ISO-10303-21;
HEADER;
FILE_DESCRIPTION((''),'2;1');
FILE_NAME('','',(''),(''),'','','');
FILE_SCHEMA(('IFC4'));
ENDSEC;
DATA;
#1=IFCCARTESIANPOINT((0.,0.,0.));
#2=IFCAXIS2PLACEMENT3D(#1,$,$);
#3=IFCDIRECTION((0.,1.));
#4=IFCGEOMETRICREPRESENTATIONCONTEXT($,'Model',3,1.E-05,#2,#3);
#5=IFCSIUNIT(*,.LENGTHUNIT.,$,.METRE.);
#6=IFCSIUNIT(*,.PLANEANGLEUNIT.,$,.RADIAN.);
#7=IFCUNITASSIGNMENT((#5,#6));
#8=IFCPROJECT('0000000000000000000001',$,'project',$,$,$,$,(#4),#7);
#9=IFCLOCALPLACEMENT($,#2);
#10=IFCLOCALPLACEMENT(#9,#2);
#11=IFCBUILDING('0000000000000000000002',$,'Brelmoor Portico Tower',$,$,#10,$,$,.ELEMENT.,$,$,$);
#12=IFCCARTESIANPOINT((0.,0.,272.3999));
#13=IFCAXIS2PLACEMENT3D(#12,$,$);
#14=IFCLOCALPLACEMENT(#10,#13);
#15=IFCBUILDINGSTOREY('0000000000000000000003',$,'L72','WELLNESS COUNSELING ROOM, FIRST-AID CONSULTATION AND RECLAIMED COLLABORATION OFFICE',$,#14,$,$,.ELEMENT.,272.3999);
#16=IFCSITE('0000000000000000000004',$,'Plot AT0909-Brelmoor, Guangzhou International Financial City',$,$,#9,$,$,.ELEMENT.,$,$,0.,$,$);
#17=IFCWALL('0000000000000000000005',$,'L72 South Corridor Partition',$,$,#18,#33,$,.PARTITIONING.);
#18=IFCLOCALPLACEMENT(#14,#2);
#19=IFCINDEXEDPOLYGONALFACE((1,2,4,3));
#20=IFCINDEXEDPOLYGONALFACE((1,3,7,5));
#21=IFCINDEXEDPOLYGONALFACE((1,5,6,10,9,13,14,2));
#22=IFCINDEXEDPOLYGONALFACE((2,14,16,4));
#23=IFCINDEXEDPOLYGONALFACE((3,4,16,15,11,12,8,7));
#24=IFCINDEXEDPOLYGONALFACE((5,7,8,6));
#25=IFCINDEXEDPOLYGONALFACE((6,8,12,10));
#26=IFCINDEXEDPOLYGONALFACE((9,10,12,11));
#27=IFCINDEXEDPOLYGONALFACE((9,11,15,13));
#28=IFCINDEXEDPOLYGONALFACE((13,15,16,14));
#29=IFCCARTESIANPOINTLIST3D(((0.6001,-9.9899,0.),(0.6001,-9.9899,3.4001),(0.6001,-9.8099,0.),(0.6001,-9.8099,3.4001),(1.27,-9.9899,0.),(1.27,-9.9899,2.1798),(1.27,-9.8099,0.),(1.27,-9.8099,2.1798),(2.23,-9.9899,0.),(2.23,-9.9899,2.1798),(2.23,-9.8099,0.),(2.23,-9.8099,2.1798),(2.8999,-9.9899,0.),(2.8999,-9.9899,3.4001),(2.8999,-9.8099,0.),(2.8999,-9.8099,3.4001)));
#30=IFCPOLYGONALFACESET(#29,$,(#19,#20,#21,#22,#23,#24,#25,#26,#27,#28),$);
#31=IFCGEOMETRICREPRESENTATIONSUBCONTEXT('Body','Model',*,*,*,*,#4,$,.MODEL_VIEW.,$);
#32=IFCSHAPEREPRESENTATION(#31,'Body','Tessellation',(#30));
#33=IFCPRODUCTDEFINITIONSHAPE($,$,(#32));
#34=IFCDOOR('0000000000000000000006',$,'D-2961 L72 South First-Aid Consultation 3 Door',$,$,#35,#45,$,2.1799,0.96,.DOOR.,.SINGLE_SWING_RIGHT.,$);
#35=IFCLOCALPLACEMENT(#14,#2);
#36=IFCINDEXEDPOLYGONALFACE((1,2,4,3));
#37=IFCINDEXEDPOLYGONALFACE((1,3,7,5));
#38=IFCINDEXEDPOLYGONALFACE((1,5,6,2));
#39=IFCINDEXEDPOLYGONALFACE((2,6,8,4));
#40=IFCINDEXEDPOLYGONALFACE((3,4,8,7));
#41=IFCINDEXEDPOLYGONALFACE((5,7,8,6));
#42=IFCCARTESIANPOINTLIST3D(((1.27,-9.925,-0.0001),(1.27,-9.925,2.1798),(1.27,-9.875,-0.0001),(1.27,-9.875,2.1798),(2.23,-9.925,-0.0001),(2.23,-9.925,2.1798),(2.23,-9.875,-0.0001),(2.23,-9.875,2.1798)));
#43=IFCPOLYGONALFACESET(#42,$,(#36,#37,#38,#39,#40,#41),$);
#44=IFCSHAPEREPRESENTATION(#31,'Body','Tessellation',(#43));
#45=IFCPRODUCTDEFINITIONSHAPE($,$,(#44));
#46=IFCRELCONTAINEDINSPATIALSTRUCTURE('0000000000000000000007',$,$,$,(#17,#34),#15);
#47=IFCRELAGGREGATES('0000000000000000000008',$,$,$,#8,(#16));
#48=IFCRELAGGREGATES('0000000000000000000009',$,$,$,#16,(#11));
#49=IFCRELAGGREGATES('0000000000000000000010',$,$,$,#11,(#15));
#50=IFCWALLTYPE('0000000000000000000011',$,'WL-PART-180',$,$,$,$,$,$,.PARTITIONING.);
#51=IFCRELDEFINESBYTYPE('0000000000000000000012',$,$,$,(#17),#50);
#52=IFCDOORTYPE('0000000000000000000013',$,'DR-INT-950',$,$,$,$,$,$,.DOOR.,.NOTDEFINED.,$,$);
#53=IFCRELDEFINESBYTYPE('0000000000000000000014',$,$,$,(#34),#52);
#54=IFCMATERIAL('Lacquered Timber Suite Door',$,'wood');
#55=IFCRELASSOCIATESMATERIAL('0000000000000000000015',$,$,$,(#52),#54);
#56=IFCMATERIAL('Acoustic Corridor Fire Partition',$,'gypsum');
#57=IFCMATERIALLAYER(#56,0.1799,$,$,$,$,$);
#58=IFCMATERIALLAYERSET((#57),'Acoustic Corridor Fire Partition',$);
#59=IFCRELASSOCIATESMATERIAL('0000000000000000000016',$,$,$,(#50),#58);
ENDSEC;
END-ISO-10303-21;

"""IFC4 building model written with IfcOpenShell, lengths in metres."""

from ifc_helpers import new_model, si_unit, direction, frame, frame_2d, origin, place, context, subcontext, project, spatial, rectangle, extrude, material, layer, layer_set, type_object, element, fill, save


model = new_model("IFC4")

# Units and contexts
model_context = context("Model", 3, precision=1e-05, world=origin(), true_north=direction((0.0, 1.0)))
body_context = subcontext(model_context, "Body", "Model", "MODEL_VIEW")
ifc_project = project(units=[si_unit("LENGTHUNIT", "METRE"), si_unit("PLANEANGLEUNIT", "RADIAN")], contexts=[model_context])

# Site, building, storey
site_placement = place(None, origin())
site = spatial("IfcSite", under=ifc_project, at=site_placement, Name="Plot AT0909-Brelmoor, Guangzhou International Financial City", CompositionType="ELEMENT", RefElevation=0.0)
building_placement = place(site_placement, origin())
building = spatial("IfcBuilding", under=site, at=building_placement, Name="Brelmoor Portico Tower", CompositionType="ELEMENT")
storey_placement = place(building_placement, frame((0.0, 0.0, 272.3999)))
storey = spatial("IfcBuildingStorey", under=building, at=storey_placement, Name="L72", Description="WELLNESS COUNSELING ROOM, FIRST-AID CONSULTATION AND RECLAIMED COLLABORATION OFFICE", CompositionType="ELEMENT", Elevation=272.3999)

# Wall, opening, door
ifc_material_1 = material(Name="Lacquered Timber Suite Door", Category="wood")
door_type = type_object("IfcDoorType", Name="DR-INT-950", OperationType="NOTDEFINED", PredefinedType="DOOR", material=ifc_material_1)
ifc_material_2 = material(Name="Acoustic Corridor Fire Partition", Category="gypsum")
ifc_layer_1 = layer(ifc_material_2, 0.1799)
ifc_layer_set_1 = layer_set([ifc_layer_1], Name="Acoustic Corridor Fire Partition")
wall_type_1 = type_object("IfcWallType", Name="WL-PART-180", PredefinedType="PARTITIONING", material=ifc_layer_set_1)
wall_1_placement = place(storey_placement, frame((0.6001, -9.8999, 0.0), z_axis=(0.0, 0.0, 1.0), x_axis=(1.0, 0.0, 0.0)))
wall_1 = element("IfcWall", 1, at=wall_1_placement, inside=storey, type_object=wall_type_1, Name="L72 South Corridor Partition", PredefinedType="PARTITIONING", context=body_context, shape_type="SweptSolid", body=[
    extrude(rectangle(XDim=2.2998, YDim=0.1799, at=frame_2d((1.1499, 0.0))), origin(), (0.0, 0.0, 1.0), 3.4001),
])
opening_1_placement = place(wall_1_placement, frame((0.6699, 0.0, 0.0)))
opening_1 = element("IfcOpeningElement", 2, at=opening_1_placement, cuts=wall_1, PredefinedType="OPENING", context=body_context, shape_type="SweptSolid", body=[
    extrude(rectangle(XDim=0.96, YDim=2.1799, at=frame_2d((0.48, 1.0898))), frame((0.0, 0.0999, 0.0), z_axis=(0.0, -1.0, 0.0), x_axis=(1.0, 0.0, 0.0)), (0.0, 0.0, 1.0), 0.2),
])
door_1_placement = place(opening_1_placement, origin())
door_1 = element("IfcDoor", 3, at=door_1_placement, inside=storey, type_object=door_type, Name="D-2961 L72 South First-Aid Consultation 3 Door", OperationType="SINGLE_SWING_RIGHT", OverallHeight=2.1799, OverallWidth=0.96, PredefinedType="DOOR", context=body_context, shape_type="SweptSolid", body=[
    extrude(rectangle(XDim=0.96, YDim=2.1799, at=frame_2d((0.48, 1.0898))), frame((0.0, 0.0249, 0.0), z_axis=(0.0, -1.0, 0.0), x_axis=(1.0, 0.0, 0.0)), (0.0, 0.0, 1.0), 0.05),
])
fill(opening_1, door_1)

save(model, "model.ifc")
